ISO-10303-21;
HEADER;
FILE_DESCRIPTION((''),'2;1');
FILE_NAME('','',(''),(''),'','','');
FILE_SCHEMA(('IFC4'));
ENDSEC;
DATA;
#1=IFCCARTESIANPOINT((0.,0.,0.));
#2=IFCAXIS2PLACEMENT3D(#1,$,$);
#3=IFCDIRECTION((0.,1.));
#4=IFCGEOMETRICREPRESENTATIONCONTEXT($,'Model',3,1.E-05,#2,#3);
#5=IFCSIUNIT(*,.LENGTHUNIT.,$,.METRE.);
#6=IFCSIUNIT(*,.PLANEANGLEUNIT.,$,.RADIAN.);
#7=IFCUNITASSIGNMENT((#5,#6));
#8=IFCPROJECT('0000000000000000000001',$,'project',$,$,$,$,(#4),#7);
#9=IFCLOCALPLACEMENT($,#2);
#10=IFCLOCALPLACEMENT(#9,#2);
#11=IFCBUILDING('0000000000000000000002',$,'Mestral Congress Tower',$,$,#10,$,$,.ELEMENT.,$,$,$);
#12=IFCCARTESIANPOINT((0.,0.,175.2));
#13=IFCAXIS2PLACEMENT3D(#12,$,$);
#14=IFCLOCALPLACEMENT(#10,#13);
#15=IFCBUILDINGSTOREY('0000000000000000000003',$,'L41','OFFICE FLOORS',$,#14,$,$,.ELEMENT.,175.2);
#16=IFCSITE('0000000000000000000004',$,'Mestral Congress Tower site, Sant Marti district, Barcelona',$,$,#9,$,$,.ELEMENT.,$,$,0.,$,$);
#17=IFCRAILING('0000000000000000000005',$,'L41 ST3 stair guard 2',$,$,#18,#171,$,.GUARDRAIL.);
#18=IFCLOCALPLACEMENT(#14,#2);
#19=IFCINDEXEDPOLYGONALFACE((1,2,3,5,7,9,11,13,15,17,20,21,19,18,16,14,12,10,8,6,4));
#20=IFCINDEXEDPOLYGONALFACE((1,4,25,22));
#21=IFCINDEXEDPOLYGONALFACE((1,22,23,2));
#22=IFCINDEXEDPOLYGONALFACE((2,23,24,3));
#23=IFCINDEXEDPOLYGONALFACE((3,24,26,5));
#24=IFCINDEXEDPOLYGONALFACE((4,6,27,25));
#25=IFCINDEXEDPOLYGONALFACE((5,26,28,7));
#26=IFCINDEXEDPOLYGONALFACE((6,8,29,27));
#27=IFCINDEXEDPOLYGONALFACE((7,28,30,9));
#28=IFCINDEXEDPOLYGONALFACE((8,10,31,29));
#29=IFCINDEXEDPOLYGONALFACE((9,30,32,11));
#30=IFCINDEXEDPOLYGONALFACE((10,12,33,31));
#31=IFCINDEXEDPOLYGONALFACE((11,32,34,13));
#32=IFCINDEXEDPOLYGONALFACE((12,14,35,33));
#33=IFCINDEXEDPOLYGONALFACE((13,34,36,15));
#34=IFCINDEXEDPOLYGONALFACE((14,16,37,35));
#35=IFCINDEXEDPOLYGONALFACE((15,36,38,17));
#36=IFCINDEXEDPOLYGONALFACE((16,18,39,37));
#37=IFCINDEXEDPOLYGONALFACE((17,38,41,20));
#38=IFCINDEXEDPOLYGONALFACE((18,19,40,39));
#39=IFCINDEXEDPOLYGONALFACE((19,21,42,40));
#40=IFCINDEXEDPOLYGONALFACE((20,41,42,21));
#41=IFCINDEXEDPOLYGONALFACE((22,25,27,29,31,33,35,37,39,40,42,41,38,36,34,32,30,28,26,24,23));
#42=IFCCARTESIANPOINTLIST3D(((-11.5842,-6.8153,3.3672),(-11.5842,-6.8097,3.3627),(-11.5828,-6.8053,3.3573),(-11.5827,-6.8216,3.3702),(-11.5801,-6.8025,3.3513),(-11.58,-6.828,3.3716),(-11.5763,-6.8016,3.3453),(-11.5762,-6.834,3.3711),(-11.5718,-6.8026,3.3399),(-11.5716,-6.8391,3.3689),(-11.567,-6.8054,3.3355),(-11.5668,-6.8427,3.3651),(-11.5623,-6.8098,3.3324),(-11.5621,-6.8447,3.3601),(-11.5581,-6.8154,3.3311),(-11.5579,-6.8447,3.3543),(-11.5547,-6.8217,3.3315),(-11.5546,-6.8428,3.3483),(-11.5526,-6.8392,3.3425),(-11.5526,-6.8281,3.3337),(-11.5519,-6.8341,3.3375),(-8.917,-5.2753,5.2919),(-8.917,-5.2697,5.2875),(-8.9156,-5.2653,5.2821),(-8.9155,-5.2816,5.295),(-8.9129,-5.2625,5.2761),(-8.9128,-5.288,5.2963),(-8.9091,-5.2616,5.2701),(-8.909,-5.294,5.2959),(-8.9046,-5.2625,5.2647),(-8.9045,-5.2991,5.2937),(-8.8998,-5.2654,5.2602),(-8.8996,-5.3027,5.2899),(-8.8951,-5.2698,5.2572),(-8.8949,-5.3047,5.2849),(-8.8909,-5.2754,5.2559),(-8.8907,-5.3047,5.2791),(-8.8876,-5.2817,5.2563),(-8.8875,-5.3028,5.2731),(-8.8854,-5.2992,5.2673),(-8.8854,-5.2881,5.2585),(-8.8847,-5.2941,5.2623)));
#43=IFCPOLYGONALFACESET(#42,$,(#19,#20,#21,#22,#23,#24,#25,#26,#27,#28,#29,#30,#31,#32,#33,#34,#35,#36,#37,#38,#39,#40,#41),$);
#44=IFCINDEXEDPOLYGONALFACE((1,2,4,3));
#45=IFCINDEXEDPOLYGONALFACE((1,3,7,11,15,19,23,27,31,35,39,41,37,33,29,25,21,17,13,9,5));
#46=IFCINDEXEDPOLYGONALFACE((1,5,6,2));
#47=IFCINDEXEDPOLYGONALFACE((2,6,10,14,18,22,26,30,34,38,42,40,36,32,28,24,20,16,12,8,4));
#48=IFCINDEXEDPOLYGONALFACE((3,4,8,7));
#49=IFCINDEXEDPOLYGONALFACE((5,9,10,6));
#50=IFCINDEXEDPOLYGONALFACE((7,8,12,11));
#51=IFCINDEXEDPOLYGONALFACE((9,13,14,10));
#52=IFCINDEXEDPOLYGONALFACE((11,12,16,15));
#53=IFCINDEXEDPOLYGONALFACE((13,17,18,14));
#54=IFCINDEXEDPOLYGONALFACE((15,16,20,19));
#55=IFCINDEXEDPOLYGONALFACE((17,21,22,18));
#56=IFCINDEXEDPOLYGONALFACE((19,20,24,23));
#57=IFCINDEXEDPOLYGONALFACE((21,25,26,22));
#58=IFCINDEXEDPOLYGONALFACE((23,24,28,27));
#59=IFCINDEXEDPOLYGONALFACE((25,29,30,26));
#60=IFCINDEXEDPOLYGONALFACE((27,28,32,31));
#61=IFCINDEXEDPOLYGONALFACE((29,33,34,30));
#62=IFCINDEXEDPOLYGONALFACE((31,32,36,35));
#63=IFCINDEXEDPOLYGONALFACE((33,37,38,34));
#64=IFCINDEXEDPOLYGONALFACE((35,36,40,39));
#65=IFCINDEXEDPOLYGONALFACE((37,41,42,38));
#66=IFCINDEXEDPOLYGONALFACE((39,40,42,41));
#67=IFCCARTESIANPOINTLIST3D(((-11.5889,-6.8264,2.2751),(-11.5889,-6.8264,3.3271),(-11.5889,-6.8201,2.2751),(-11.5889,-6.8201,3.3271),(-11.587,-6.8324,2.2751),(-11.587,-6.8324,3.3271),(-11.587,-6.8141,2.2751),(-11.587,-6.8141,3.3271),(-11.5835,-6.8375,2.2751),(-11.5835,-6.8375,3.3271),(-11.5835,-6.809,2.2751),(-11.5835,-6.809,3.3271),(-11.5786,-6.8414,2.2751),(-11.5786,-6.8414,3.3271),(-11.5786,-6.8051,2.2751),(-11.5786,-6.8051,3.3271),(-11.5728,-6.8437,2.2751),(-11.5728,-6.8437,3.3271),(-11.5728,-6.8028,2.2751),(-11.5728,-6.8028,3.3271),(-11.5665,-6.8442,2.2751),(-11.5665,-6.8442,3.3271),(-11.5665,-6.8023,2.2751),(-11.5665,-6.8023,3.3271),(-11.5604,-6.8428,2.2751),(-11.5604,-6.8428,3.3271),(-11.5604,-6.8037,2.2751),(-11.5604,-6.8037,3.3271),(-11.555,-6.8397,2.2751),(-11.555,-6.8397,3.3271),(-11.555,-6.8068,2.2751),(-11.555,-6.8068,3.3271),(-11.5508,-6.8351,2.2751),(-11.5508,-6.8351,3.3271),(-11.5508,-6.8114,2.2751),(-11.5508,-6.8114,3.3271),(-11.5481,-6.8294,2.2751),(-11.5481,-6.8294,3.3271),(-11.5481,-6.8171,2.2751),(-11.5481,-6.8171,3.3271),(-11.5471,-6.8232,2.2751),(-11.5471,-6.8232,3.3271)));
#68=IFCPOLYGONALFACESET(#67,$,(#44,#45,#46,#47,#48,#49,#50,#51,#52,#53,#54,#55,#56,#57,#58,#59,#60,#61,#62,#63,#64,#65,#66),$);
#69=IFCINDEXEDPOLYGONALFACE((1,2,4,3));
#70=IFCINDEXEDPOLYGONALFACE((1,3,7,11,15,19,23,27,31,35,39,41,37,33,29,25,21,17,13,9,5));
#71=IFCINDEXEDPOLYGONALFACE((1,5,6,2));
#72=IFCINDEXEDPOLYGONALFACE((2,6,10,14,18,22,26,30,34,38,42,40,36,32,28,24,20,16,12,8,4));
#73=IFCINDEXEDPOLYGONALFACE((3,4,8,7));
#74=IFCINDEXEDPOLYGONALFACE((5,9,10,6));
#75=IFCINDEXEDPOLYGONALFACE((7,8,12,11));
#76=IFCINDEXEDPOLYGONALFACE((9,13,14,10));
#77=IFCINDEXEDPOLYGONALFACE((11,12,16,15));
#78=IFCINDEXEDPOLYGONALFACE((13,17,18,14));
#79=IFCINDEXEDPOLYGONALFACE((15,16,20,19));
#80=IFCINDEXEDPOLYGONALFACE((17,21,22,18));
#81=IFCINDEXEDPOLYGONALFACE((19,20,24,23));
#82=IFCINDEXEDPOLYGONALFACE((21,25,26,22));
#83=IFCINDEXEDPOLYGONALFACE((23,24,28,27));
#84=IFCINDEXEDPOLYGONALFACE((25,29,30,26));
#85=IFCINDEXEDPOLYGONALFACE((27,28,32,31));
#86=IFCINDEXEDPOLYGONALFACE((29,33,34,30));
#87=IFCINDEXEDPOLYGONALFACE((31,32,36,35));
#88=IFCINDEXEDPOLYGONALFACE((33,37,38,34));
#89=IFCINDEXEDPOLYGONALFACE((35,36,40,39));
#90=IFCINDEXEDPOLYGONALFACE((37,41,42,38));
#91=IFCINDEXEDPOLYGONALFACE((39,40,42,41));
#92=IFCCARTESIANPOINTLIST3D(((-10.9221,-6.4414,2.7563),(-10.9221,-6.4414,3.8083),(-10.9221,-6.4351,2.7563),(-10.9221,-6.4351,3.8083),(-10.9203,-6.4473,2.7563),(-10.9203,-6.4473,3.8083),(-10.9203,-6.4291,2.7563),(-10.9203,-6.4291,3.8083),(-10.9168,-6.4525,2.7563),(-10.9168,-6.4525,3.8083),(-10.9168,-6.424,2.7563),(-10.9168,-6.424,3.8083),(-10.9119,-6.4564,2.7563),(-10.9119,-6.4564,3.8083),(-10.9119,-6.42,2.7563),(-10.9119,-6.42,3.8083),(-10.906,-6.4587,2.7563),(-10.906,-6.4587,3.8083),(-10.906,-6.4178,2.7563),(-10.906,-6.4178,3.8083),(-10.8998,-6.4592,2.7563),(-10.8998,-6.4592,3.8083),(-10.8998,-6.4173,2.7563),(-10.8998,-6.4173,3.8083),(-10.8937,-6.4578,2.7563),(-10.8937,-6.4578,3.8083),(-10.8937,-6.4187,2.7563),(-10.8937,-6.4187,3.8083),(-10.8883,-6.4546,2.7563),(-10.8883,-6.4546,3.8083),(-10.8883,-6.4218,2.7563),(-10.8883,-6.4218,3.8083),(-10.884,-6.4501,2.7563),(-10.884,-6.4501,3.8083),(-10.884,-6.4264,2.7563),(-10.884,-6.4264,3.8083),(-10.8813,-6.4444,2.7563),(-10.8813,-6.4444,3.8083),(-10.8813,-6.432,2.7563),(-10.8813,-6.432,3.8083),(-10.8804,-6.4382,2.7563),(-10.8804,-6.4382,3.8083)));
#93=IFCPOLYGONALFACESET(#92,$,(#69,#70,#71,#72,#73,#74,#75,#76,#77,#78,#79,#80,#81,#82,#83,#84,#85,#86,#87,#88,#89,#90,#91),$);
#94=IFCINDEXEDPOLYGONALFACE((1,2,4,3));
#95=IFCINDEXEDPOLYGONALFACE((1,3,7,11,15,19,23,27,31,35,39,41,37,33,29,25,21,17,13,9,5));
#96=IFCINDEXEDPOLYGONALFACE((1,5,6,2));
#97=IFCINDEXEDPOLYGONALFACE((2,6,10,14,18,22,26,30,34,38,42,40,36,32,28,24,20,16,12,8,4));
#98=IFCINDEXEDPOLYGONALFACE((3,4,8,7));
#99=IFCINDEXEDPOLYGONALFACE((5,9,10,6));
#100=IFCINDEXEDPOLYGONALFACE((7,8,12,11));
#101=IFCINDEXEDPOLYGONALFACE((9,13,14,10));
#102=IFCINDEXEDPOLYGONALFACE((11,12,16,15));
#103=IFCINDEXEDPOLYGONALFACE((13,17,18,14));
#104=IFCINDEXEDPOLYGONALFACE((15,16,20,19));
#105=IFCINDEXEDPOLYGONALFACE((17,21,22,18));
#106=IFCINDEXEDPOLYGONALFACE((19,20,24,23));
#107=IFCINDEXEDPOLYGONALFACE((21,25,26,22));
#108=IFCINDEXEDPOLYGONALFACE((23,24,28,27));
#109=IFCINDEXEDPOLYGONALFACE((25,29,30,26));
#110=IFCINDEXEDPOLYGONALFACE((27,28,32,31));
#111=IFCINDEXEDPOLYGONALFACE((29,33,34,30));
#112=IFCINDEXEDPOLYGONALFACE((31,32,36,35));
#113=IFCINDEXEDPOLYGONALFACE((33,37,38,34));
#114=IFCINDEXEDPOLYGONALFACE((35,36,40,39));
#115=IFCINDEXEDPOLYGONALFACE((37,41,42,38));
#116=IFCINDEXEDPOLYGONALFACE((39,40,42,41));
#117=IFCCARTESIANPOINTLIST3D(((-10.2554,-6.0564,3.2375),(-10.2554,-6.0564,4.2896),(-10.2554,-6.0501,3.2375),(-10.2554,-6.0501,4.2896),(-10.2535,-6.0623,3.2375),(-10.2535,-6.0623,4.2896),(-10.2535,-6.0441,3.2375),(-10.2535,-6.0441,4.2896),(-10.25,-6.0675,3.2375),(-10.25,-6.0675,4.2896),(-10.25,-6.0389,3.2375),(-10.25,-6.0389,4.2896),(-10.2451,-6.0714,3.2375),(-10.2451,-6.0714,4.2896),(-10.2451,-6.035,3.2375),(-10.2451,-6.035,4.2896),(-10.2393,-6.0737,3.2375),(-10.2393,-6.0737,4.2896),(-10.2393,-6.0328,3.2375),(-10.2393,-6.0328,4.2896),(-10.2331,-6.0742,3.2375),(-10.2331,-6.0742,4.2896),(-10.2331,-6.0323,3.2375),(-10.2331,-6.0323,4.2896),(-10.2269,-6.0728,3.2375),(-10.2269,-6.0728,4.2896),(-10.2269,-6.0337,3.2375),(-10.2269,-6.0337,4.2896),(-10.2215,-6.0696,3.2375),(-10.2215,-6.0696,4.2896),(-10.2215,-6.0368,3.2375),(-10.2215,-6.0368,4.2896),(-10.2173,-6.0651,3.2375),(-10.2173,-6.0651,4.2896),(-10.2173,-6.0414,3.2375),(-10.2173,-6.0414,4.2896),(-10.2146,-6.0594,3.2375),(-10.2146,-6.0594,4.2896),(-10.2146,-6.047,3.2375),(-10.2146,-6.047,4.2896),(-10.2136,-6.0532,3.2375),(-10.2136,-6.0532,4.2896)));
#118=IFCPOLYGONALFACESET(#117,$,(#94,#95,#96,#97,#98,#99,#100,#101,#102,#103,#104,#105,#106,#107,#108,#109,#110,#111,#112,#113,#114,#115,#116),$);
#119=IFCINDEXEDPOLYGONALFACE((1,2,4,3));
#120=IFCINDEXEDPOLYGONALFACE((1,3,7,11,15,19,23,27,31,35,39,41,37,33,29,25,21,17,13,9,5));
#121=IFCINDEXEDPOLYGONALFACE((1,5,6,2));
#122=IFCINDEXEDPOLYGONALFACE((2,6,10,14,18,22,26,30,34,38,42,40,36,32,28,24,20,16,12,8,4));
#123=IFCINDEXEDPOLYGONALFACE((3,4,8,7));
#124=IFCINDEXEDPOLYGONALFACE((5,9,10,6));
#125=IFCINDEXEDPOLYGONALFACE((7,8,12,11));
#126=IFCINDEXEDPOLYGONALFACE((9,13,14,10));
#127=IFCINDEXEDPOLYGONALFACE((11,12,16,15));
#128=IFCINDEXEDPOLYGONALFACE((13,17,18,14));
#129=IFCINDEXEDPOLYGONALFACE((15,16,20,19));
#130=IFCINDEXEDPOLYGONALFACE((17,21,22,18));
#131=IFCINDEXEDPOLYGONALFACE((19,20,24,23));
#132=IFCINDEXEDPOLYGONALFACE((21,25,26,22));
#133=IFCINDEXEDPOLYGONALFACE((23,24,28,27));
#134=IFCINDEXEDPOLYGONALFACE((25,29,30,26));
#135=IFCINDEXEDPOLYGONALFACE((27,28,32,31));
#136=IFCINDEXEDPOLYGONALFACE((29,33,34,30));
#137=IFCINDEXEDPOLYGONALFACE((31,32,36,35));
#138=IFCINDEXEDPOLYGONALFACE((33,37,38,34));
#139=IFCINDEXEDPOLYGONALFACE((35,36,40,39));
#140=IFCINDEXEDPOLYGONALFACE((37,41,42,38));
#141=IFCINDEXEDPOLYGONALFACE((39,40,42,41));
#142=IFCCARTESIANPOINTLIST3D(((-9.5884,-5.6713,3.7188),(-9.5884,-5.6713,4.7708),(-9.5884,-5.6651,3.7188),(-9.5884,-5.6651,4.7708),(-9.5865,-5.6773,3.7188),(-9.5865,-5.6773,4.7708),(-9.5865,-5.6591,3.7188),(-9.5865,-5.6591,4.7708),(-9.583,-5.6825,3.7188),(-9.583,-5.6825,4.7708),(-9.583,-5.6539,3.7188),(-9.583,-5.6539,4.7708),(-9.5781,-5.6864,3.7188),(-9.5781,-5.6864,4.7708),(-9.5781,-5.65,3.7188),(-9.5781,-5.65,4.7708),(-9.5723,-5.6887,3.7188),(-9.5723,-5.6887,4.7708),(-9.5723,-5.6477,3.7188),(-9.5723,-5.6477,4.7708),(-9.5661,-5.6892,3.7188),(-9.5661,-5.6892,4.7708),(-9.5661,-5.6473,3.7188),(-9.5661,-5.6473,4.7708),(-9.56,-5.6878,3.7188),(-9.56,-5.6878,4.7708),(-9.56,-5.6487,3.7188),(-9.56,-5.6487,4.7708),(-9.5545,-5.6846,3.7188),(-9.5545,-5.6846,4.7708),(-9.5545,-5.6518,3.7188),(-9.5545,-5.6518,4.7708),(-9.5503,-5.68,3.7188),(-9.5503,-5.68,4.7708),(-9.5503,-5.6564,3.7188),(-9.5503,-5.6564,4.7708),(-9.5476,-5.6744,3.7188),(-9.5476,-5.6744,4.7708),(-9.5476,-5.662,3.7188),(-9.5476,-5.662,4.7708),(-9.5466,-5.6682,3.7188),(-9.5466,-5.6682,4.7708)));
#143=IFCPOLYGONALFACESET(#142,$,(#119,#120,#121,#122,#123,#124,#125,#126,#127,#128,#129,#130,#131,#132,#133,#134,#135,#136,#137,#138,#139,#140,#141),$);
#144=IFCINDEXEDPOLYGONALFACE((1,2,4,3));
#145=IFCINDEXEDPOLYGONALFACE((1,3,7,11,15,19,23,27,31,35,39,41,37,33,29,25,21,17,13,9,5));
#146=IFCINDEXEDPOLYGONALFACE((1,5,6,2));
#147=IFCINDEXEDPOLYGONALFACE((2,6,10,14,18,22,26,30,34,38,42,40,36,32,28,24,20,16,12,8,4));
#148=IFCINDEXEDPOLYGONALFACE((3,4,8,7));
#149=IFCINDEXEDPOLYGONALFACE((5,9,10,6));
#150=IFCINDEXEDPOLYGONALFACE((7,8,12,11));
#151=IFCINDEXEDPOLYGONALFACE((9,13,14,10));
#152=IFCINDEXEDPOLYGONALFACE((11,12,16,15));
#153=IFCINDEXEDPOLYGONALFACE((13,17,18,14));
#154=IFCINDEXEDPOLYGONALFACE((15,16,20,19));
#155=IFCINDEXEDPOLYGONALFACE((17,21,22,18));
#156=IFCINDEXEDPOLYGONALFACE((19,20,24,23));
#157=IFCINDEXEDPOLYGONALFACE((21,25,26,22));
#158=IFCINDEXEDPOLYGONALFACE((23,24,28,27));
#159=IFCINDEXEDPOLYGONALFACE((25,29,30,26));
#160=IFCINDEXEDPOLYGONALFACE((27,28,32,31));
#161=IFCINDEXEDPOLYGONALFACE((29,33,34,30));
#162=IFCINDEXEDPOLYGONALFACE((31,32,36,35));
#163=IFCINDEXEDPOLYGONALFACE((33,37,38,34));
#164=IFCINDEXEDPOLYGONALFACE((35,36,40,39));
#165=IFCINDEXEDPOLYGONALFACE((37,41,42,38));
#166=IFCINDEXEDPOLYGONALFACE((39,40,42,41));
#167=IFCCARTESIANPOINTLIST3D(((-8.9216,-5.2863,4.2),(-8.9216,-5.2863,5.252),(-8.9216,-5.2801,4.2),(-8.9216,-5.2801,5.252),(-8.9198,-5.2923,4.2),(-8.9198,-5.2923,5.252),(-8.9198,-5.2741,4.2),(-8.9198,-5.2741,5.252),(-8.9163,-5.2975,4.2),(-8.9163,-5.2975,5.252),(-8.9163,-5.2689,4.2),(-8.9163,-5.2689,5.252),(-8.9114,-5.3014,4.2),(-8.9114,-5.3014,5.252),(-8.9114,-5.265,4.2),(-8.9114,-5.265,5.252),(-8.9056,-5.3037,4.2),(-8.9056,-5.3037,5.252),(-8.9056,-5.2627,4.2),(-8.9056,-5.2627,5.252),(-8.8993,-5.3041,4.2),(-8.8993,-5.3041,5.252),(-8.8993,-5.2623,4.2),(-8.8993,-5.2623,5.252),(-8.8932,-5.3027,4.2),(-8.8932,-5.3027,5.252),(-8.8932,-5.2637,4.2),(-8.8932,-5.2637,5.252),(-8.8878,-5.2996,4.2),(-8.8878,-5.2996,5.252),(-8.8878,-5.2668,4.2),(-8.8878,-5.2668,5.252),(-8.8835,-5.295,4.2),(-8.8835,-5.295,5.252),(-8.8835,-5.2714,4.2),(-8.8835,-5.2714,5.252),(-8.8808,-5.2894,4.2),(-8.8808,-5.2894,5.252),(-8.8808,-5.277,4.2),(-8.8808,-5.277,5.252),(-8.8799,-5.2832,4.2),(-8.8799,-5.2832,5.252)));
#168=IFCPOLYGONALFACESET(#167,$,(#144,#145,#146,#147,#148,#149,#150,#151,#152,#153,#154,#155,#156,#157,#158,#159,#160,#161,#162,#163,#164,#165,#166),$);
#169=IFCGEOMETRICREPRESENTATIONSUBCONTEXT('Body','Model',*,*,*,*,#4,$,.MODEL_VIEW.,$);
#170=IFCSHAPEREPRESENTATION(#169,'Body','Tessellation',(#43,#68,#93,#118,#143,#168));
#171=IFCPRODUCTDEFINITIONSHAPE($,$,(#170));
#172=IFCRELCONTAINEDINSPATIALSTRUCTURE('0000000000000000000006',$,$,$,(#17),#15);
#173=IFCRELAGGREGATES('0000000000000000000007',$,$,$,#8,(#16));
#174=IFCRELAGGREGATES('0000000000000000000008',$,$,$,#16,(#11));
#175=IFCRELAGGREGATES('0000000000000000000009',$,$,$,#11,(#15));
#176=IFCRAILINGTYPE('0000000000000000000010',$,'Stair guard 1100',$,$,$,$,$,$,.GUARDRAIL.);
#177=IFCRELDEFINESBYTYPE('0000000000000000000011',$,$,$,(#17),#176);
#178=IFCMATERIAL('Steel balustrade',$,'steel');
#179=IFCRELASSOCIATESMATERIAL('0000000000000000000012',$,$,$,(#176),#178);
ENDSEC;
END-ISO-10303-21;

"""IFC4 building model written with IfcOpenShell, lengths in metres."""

from ifc_helpers import new_model, si_unit, direction, frame, origin, origin_2d, place, context, subcontext, project, spatial, circle, extrude, material, type_object, element, save


model = new_model("IFC4")

# Units and contexts
model_context = context("Model", 3, precision=1e-05, world=origin(), true_north=direction((0.0, 1.0)))
body_context = subcontext(model_context, "Body", "Model", "MODEL_VIEW")
ifc_project = project(units=[si_unit("LENGTHUNIT", "METRE"), si_unit("PLANEANGLEUNIT", "RADIAN")], contexts=[model_context])

# Site, building, storey
site_placement = place(None, origin())
site = spatial("IfcSite", under=ifc_project, at=site_placement, Name="Mestral Congress Tower site, Sant Marti district, Barcelona", CompositionType="ELEMENT", RefElevation=0.0)
building_placement = place(site_placement, origin())
building = spatial("IfcBuilding", under=site, at=building_placement, Name="Mestral Congress Tower", CompositionType="ELEMENT")
storey_placement = place(building_placement, frame((0.0, 0.0, 175.2)))
storey = spatial("IfcBuildingStorey", under=building, at=storey_placement, Name="L41", Description="OFFICE FLOORS", CompositionType="ELEMENT", Elevation=175.2)

# Railing
ifc_material_1 = material(Name="Steel balustrade", Category="steel")
railing_type_1 = type_object("IfcRailingType", Name="Stair guard 1100", PredefinedType="GUARDRAIL", material=ifc_material_1)
railing_1_placement = place(storey_placement, frame((-11.5681, -6.8232, 2.2751)))
element("IfcRailing", 1, at=railing_1_placement, inside=storey, type_object=railing_type_1, Name="L41 ST3 stair guard 2", PredefinedType="GUARDRAIL", context=body_context, shape_type="SweptSolid", body=[
    extrude(circle(Radius=0.0239, at=origin_2d()), frame((0.0, 0.0, 1.0762), z_axis=(0.73439, 0.424031, 0.529971), x_axis=(-0.500027, 0.86601, 0.0)), (0.0, 0.0, 1.0), 3.6318),
    extrude(circle(Radius=0.021, at=origin_2d()), origin(), (0.0, 0.0, 1.0), 1.052),
    extrude(circle(Radius=0.021, at=origin_2d()), frame((0.6667, 0.385, 0.4812)), (0.0, 0.0, 1.0), 1.052),
    extrude(circle(Radius=0.021, at=origin_2d()), frame((1.3335, 0.77, 0.9624)), (0.0, 0.0, 1.0), 1.052),
    extrude(circle(Radius=0.021, at=origin_2d()), frame((2.0005, 1.155, 1.4436)), (0.0, 0.0, 1.0), 1.052),
    extrude(circle(Radius=0.021, at=origin_2d()), frame((2.6672, 1.54, 1.9248)), (0.0, 0.0, 1.0), 1.052),
])

save(model, "model.ifc")
